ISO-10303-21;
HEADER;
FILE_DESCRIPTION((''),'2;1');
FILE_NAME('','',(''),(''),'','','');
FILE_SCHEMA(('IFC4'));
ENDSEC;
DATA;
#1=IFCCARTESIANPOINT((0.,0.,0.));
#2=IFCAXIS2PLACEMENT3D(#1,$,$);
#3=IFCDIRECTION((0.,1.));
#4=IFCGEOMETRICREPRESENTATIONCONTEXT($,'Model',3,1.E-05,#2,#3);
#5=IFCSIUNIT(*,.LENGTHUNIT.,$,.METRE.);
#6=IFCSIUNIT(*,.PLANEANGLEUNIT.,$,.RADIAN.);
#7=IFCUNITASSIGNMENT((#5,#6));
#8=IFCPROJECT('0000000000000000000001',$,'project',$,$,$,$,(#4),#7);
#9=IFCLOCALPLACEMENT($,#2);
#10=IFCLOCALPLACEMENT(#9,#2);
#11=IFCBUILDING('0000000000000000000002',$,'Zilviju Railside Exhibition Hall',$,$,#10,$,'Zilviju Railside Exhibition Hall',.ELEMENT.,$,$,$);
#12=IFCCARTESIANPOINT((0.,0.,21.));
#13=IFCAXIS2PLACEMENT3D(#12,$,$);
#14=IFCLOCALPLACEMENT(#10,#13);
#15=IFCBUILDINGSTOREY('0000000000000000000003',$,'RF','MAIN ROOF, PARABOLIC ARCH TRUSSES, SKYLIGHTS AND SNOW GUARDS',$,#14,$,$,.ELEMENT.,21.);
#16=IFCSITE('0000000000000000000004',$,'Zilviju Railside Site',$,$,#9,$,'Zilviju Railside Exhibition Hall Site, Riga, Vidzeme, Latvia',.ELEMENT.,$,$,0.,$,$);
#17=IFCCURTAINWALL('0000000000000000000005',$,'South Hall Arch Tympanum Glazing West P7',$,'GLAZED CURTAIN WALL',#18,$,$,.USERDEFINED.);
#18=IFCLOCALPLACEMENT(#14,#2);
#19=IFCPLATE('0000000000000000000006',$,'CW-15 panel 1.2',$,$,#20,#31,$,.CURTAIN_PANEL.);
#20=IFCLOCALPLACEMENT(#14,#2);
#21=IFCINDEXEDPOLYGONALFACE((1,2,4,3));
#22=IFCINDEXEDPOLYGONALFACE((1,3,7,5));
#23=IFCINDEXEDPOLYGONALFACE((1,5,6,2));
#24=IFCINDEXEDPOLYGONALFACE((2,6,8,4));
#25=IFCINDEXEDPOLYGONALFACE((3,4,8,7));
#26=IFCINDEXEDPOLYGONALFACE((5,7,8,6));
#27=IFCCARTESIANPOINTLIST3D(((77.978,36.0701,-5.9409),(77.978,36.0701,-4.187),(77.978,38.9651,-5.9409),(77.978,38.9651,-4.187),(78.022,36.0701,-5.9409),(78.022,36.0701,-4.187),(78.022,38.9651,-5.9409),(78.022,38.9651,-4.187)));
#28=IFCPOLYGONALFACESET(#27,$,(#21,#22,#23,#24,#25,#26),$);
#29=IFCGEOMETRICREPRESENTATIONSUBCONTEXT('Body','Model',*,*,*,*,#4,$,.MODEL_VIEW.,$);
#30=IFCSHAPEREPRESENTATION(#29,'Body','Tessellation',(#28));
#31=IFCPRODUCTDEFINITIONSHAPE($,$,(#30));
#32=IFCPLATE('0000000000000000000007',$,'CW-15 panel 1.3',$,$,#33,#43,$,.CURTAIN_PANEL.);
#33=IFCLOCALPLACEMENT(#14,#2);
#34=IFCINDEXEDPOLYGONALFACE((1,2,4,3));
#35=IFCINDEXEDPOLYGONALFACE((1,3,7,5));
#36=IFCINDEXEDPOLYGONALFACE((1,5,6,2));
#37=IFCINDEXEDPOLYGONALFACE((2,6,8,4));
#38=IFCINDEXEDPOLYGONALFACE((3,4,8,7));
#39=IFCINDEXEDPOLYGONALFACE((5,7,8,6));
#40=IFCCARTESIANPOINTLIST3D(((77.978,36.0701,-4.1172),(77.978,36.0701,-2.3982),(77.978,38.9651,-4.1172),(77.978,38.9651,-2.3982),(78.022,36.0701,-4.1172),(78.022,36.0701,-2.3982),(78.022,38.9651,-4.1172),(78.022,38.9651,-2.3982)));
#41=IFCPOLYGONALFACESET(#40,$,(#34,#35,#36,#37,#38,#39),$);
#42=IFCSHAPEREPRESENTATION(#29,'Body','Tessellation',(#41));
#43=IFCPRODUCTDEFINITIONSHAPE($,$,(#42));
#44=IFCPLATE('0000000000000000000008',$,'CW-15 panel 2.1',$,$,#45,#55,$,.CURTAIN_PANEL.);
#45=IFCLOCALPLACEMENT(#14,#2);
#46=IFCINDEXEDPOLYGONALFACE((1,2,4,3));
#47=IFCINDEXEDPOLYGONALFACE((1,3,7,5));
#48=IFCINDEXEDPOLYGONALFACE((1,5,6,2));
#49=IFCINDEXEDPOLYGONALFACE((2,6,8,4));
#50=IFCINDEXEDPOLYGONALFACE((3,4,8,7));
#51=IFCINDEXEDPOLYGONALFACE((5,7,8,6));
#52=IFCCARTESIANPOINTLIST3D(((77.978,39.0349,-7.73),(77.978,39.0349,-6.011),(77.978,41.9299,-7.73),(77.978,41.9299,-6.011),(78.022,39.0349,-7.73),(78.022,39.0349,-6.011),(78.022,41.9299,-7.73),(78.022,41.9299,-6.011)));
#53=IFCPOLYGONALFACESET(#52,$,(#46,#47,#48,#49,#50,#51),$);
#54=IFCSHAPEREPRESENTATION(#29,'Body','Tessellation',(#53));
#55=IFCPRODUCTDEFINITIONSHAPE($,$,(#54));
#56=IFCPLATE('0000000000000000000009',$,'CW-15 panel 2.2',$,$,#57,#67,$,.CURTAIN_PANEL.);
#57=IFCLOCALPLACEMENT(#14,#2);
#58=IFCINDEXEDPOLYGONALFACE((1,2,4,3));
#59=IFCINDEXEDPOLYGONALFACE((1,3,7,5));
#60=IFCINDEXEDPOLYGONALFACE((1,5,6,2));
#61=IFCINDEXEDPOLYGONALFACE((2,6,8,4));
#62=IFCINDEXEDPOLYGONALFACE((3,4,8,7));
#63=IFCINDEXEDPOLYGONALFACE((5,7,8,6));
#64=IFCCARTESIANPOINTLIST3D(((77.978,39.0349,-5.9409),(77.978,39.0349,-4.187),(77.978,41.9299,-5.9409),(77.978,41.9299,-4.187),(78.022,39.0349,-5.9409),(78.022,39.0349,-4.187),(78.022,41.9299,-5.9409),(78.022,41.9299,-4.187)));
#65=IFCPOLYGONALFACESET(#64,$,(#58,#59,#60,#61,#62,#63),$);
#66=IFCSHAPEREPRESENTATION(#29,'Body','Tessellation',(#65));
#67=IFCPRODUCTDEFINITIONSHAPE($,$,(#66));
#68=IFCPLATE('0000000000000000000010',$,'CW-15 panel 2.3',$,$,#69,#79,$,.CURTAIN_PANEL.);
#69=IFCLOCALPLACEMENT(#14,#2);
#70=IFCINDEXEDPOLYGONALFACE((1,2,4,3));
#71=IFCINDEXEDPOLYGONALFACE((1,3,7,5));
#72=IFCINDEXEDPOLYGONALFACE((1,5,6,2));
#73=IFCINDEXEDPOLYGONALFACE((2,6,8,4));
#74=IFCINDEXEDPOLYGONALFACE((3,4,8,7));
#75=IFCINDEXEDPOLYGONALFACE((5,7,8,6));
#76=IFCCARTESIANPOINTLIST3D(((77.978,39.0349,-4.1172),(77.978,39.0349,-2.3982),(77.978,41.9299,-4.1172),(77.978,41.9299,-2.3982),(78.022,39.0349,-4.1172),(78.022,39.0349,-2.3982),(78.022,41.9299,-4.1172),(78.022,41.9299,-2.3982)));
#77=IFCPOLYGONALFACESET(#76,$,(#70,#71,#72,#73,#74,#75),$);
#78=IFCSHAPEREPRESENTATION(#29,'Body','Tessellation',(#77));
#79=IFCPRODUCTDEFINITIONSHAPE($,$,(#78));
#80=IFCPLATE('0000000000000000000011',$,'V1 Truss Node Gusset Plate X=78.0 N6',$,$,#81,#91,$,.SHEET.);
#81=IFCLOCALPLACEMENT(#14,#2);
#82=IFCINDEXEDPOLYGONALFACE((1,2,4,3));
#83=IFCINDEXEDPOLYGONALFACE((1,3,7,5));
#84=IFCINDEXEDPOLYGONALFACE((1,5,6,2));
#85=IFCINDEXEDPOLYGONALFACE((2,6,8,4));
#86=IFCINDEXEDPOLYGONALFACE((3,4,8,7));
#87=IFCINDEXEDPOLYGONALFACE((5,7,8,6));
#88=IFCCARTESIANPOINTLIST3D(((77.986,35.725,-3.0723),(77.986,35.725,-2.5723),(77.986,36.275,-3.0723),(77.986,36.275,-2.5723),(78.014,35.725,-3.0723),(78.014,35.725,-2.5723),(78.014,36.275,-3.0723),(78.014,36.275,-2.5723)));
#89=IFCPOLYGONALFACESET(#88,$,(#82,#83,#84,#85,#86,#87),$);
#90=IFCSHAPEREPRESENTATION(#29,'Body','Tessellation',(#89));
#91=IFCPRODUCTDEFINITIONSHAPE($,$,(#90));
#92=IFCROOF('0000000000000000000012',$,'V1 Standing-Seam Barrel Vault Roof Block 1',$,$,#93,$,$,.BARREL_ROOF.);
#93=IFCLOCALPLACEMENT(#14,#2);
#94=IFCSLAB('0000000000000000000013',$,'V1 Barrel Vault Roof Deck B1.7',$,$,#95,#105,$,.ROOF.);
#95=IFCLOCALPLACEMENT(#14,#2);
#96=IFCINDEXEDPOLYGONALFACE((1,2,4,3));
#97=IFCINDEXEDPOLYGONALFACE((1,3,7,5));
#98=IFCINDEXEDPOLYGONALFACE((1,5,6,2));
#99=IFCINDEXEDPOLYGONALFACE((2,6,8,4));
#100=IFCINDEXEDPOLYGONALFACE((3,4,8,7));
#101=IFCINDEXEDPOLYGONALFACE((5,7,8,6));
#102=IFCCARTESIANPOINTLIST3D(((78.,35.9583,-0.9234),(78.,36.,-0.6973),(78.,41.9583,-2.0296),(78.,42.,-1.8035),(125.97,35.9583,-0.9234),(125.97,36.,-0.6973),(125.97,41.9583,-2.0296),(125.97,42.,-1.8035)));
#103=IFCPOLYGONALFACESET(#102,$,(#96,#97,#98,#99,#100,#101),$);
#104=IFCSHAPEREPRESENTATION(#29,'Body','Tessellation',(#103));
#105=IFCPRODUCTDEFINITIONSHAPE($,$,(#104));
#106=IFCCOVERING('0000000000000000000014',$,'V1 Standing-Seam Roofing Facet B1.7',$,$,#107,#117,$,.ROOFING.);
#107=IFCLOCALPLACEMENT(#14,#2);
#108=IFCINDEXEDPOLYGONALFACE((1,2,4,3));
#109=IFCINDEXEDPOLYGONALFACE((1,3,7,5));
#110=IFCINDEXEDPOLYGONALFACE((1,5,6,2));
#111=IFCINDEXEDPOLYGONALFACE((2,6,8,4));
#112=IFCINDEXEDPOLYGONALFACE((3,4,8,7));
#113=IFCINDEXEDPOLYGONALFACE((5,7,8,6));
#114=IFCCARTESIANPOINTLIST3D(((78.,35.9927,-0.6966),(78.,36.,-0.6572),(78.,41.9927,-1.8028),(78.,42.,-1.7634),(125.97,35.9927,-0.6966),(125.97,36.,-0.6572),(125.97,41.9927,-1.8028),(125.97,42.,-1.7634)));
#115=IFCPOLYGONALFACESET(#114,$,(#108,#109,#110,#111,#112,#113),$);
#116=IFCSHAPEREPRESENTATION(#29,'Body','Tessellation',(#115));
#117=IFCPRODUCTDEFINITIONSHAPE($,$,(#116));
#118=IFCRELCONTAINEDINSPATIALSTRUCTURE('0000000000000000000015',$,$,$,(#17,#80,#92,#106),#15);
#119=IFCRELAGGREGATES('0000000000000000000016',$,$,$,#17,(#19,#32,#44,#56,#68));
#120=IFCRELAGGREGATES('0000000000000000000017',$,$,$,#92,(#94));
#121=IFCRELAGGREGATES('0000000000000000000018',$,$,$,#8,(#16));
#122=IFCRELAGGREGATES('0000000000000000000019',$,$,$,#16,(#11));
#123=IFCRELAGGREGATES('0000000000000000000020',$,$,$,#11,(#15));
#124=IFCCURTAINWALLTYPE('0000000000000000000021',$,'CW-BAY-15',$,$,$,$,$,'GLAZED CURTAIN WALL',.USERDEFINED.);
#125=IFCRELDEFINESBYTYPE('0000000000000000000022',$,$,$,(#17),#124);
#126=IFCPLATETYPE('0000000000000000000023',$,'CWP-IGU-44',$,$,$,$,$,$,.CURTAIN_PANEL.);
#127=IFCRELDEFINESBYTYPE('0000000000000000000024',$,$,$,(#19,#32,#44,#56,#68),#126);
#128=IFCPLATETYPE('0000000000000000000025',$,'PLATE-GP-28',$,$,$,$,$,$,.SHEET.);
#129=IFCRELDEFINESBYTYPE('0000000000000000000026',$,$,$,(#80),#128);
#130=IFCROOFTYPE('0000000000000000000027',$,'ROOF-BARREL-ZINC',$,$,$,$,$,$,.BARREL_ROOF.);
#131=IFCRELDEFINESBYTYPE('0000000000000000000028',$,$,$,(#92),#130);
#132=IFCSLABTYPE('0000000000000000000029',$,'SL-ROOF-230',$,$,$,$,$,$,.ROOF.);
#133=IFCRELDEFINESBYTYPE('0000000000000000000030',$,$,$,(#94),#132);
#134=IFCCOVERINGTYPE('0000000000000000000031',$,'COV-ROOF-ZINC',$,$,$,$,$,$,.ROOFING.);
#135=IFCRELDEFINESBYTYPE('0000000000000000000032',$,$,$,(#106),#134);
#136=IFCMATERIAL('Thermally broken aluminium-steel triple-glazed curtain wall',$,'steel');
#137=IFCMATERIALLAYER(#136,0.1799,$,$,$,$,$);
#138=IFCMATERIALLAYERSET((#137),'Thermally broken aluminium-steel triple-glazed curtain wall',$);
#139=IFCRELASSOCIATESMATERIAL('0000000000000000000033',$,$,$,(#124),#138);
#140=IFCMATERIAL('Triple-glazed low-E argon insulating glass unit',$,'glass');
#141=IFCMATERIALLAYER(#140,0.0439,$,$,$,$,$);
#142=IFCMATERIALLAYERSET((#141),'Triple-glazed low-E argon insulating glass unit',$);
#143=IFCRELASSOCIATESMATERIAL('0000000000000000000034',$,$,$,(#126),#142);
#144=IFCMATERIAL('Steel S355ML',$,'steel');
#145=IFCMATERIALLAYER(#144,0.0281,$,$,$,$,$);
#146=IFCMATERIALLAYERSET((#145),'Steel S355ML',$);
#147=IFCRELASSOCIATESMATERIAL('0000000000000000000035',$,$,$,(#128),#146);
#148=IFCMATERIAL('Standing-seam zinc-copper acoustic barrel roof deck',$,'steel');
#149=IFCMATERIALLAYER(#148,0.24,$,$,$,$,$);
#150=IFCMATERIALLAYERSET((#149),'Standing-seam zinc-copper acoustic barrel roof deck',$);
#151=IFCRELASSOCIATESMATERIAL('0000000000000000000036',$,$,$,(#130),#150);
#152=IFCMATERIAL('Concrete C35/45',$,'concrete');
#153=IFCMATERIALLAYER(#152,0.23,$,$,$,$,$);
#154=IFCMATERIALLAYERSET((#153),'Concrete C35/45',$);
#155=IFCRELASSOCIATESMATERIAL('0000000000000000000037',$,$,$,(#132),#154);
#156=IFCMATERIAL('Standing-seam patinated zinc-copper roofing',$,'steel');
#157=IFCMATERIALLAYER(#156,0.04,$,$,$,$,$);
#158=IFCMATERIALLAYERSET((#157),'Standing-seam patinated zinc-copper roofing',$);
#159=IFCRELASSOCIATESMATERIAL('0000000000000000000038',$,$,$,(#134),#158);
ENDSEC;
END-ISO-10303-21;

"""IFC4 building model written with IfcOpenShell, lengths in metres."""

from ifc_helpers import new_model, si_unit, direction, frame, origin, origin_2d, place, context, subcontext, project, spatial, polyline, rectangle, outline, extrude, material, layer, layer_set, type_object, element, aggregate, save


model = new_model("IFC4")

# Units and contexts
model_context = context("Model", 3, precision=1e-05, world=origin(), true_north=direction((0.0, 1.0)))
body_context = subcontext(model_context, "Body", "Model", "MODEL_VIEW")
ifc_project = project(units=[si_unit("LENGTHUNIT", "METRE"), si_unit("PLANEANGLEUNIT", "RADIAN")], contexts=[model_context])

# Site, building, storey
site_placement = place(None, origin())
site = spatial("IfcSite", under=ifc_project, at=site_placement, Name="Zilviju Railside Site", LongName="Zilviju Railside Exhibition Hall Site, Riga, Vidzeme, Latvia", CompositionType="ELEMENT", RefElevation=0.0)
building_placement = place(site_placement, origin())
building = spatial("IfcBuilding", under=site, at=building_placement, Name="Zilviju Railside Exhibition Hall", LongName="Zilviju Railside Exhibition Hall", CompositionType="ELEMENT")
storey_placement = place(building_placement, frame((0.0, 0.0, 21.0)))
storey = spatial("IfcBuildingStorey", under=building, at=storey_placement, Name="RF", Description="MAIN ROOF, PARABOLIC ARCH TRUSSES, SKYLIGHTS AND SNOW GUARDS", CompositionType="ELEMENT", Elevation=21.0)

# Curtain wall
ifc_material_1 = material(Name="Thermally broken aluminium-steel triple-glazed curtain wall", Category="steel")
ifc_layer_1 = layer(ifc_material_1, 0.1799)
ifc_layer_set_1 = layer_set([ifc_layer_1], Name="Thermally broken aluminium-steel triple-glazed curtain wall")
curtain_wall_type = type_object("IfcCurtainWallType", Name="CW-BAY-15", ElementType="GLAZED CURTAIN WALL", PredefinedType="USERDEFINED", material=ifc_layer_set_1)
curtain_wall_placement = place(storey_placement, origin())
curtain_wall = element("IfcCurtainWall", 1, at=curtain_wall_placement, inside=storey, type_object=curtain_wall_type, Name="South Hall Arch Tympanum Glazing West P7", ObjectType="GLAZED CURTAIN WALL", PredefinedType="USERDEFINED")

# Shared definitions
ifc_material_2 = material(Name="Steel S355ML", Category="steel")

# Plates
ifc_material_3 = material(Name="Triple-glazed low-E argon insulating glass unit", Category="glass")
ifc_layer_2 = layer(ifc_material_3, 0.0439)
ifc_layer_set_2 = layer_set([ifc_layer_2], Name="Triple-glazed low-E argon insulating glass unit")
plate_type_1 = type_object("IfcPlateType", Name="CWP-IGU-44", PredefinedType="CURTAIN_PANEL", material=ifc_layer_set_2)
plate_1_placement = place(storey_placement, frame((78.0, 37.5176, -5.9409), z_axis=(0.0, 0.0, 1.0), x_axis=(0.0, 1.0, 0.0)))
plate_1 = element("IfcPlate", 2, at=plate_1_placement, type_object=plate_type_1, Name="CW-15 panel 1.2", PredefinedType="CURTAIN_PANEL", context=body_context, shape_type="SweptSolid", body=[
    extrude(rectangle(XDim=2.895, YDim=0.0439, at=origin_2d()), origin(), (0.0, 0.0, 1.0), 1.7539),
])
plate_2_placement = place(storey_placement, frame((78.0, 37.5176, -4.1172), z_axis=(0.0, 0.0, 1.0), x_axis=(0.0, 1.0, 0.0)))
plate_2 = element("IfcPlate", 3, at=plate_2_placement, type_object=plate_type_1, Name="CW-15 panel 1.3", PredefinedType="CURTAIN_PANEL", context=body_context, shape_type="SweptSolid", body=[
    extrude(rectangle(XDim=2.895, YDim=0.0439, at=origin_2d()), origin(), (0.0, 0.0, 1.0), 1.719),
])
plate_3_placement = place(storey_placement, frame((78.0, 40.4824, -7.73), z_axis=(0.0, 0.0, 1.0), x_axis=(0.0, 1.0, 0.0)))
plate_3 = element("IfcPlate", 4, at=plate_3_placement, type_object=plate_type_1, Name="CW-15 panel 2.1", PredefinedType="CURTAIN_PANEL", context=body_context, shape_type="SweptSolid", body=[
    extrude(rectangle(XDim=2.895, YDim=0.0439, at=origin_2d()), origin(), (0.0, 0.0, 1.0), 1.719),
])
plate_4_placement = place(storey_placement, frame((78.0, 40.4824, -5.9409), z_axis=(0.0, 0.0, 1.0), x_axis=(0.0, 1.0, 0.0)))
plate_4 = element("IfcPlate", 5, at=plate_4_placement, type_object=plate_type_1, Name="CW-15 panel 2.2", PredefinedType="CURTAIN_PANEL", context=body_context, shape_type="SweptSolid", body=[
    extrude(rectangle(XDim=2.895, YDim=0.0439, at=origin_2d()), origin(), (0.0, 0.0, 1.0), 1.7539),
])
plate_5_placement = place(storey_placement, frame((78.0, 40.4824, -4.1172), z_axis=(0.0, 0.0, 1.0), x_axis=(0.0, 1.0, 0.0)))
plate_5 = element("IfcPlate", 6, at=plate_5_placement, type_object=plate_type_1, Name="CW-15 panel 2.3", PredefinedType="CURTAIN_PANEL", context=body_context, shape_type="SweptSolid", body=[
    extrude(rectangle(XDim=2.895, YDim=0.0439, at=origin_2d()), origin(), (0.0, 0.0, 1.0), 1.719),
])
aggregate(curtain_wall, [plate_1, plate_2, plate_3, plate_4, plate_5])
ifc_layer_3 = layer(ifc_material_2, 0.0281)
ifc_layer_set_3 = layer_set([ifc_layer_3], Name="Steel S355ML")
plate_type_2 = type_object("IfcPlateType", Name="PLATE-GP-28", PredefinedType="SHEET", material=ifc_layer_set_3)
plate_6_placement = place(storey_placement, frame((78.0, 36.0, -3.0723), z_axis=(0.0, 0.0, 1.0), x_axis=(1.0, 0.0, 0.0)))
element("IfcPlate", 7, at=plate_6_placement, inside=storey, type_object=plate_type_2, Name="V1 Truss Node Gusset Plate X=78.0 N6", PredefinedType="SHEET", context=body_context, shape_type="SweptSolid", body=[
    extrude(rectangle(XDim=0.0281, YDim=0.55, at=origin_2d()), origin(), (0.0, 0.0, 1.0), 0.5),
])

# Roof, slab
ifc_material_4 = material(Name="Standing-seam zinc-copper acoustic barrel roof deck", Category="steel")
ifc_layer_4 = layer(ifc_material_4, 0.24)
ifc_layer_set_4 = layer_set([ifc_layer_4], Name="Standing-seam zinc-copper acoustic barrel roof deck")
roof_type = type_object("IfcRoofType", Name="ROOF-BARREL-ZINC", PredefinedType="BARREL_ROOF", material=ifc_layer_set_4)
roof_placement = place(storey_placement, origin())
roof = element("IfcRoof", 8, at=roof_placement, inside=storey, type_object=roof_type, Name="V1 Standing-Seam Barrel Vault Roof Block 1", PredefinedType="BARREL_ROOF")
ifc_material_5 = material(Name="Concrete C35/45", Category="concrete")
ifc_layer_5 = layer(ifc_material_5, 0.23)
ifc_layer_set_5 = layer_set([ifc_layer_5], Name="Concrete C35/45")
slab_type = type_object("IfcSlabType", Name="SL-ROOF-230", PredefinedType="ROOF", material=ifc_layer_set_5)
slab_placement = place(storey_placement, frame((78.0, 36.0, -0.6973), z_axis=(0.0, 0.181311, 0.983426), x_axis=(1.0, 0.0, 0.0)))
slab = element("IfcSlab", 9, at=slab_placement, type_object=slab_type, Name="V1 Barrel Vault Roof Deck B1.7", PredefinedType="ROOF", context=body_context, shape_type="SweptSolid", body=[
    extrude(outline(polyline([(0.0, 0.0), (47.97, 0.0), (47.97, 6.1011), (0.0, 6.1011), (0.0, 0.0)])), origin(), (0.0, 0.0, -1.0), 0.23),
])
aggregate(roof, [slab])

# Covering
ifc_material_6 = material(Name="Standing-seam patinated zinc-copper roofing", Category="steel")
ifc_layer_6 = layer(ifc_material_6, 0.04)
ifc_layer_set_6 = layer_set([ifc_layer_6], Name="Standing-seam patinated zinc-copper roofing")
covering_type = type_object("IfcCoveringType", Name="COV-ROOF-ZINC", PredefinedType="ROOFING", material=ifc_layer_set_6)
covering_placement = place(storey_placement, frame((78.0, 36.0, -0.6572), z_axis=(0.0, 0.181311, 0.983426), x_axis=(1.0, 0.0, 0.0)))
element("IfcCovering", 10, at=covering_placement, inside=storey, type_object=covering_type, Name="V1 Standing-Seam Roofing Facet B1.7", PredefinedType="ROOFING", context=body_context, shape_type="SweptSolid", body=[
    extrude(outline(polyline([(0.0, 0.0), (47.97, 0.0), (47.97, 6.1011), (0.0, 6.1011), (0.0, 0.0)])), origin(), (0.0, 0.0, -1.0), 0.04),
])

save(model, "model.ifc")
